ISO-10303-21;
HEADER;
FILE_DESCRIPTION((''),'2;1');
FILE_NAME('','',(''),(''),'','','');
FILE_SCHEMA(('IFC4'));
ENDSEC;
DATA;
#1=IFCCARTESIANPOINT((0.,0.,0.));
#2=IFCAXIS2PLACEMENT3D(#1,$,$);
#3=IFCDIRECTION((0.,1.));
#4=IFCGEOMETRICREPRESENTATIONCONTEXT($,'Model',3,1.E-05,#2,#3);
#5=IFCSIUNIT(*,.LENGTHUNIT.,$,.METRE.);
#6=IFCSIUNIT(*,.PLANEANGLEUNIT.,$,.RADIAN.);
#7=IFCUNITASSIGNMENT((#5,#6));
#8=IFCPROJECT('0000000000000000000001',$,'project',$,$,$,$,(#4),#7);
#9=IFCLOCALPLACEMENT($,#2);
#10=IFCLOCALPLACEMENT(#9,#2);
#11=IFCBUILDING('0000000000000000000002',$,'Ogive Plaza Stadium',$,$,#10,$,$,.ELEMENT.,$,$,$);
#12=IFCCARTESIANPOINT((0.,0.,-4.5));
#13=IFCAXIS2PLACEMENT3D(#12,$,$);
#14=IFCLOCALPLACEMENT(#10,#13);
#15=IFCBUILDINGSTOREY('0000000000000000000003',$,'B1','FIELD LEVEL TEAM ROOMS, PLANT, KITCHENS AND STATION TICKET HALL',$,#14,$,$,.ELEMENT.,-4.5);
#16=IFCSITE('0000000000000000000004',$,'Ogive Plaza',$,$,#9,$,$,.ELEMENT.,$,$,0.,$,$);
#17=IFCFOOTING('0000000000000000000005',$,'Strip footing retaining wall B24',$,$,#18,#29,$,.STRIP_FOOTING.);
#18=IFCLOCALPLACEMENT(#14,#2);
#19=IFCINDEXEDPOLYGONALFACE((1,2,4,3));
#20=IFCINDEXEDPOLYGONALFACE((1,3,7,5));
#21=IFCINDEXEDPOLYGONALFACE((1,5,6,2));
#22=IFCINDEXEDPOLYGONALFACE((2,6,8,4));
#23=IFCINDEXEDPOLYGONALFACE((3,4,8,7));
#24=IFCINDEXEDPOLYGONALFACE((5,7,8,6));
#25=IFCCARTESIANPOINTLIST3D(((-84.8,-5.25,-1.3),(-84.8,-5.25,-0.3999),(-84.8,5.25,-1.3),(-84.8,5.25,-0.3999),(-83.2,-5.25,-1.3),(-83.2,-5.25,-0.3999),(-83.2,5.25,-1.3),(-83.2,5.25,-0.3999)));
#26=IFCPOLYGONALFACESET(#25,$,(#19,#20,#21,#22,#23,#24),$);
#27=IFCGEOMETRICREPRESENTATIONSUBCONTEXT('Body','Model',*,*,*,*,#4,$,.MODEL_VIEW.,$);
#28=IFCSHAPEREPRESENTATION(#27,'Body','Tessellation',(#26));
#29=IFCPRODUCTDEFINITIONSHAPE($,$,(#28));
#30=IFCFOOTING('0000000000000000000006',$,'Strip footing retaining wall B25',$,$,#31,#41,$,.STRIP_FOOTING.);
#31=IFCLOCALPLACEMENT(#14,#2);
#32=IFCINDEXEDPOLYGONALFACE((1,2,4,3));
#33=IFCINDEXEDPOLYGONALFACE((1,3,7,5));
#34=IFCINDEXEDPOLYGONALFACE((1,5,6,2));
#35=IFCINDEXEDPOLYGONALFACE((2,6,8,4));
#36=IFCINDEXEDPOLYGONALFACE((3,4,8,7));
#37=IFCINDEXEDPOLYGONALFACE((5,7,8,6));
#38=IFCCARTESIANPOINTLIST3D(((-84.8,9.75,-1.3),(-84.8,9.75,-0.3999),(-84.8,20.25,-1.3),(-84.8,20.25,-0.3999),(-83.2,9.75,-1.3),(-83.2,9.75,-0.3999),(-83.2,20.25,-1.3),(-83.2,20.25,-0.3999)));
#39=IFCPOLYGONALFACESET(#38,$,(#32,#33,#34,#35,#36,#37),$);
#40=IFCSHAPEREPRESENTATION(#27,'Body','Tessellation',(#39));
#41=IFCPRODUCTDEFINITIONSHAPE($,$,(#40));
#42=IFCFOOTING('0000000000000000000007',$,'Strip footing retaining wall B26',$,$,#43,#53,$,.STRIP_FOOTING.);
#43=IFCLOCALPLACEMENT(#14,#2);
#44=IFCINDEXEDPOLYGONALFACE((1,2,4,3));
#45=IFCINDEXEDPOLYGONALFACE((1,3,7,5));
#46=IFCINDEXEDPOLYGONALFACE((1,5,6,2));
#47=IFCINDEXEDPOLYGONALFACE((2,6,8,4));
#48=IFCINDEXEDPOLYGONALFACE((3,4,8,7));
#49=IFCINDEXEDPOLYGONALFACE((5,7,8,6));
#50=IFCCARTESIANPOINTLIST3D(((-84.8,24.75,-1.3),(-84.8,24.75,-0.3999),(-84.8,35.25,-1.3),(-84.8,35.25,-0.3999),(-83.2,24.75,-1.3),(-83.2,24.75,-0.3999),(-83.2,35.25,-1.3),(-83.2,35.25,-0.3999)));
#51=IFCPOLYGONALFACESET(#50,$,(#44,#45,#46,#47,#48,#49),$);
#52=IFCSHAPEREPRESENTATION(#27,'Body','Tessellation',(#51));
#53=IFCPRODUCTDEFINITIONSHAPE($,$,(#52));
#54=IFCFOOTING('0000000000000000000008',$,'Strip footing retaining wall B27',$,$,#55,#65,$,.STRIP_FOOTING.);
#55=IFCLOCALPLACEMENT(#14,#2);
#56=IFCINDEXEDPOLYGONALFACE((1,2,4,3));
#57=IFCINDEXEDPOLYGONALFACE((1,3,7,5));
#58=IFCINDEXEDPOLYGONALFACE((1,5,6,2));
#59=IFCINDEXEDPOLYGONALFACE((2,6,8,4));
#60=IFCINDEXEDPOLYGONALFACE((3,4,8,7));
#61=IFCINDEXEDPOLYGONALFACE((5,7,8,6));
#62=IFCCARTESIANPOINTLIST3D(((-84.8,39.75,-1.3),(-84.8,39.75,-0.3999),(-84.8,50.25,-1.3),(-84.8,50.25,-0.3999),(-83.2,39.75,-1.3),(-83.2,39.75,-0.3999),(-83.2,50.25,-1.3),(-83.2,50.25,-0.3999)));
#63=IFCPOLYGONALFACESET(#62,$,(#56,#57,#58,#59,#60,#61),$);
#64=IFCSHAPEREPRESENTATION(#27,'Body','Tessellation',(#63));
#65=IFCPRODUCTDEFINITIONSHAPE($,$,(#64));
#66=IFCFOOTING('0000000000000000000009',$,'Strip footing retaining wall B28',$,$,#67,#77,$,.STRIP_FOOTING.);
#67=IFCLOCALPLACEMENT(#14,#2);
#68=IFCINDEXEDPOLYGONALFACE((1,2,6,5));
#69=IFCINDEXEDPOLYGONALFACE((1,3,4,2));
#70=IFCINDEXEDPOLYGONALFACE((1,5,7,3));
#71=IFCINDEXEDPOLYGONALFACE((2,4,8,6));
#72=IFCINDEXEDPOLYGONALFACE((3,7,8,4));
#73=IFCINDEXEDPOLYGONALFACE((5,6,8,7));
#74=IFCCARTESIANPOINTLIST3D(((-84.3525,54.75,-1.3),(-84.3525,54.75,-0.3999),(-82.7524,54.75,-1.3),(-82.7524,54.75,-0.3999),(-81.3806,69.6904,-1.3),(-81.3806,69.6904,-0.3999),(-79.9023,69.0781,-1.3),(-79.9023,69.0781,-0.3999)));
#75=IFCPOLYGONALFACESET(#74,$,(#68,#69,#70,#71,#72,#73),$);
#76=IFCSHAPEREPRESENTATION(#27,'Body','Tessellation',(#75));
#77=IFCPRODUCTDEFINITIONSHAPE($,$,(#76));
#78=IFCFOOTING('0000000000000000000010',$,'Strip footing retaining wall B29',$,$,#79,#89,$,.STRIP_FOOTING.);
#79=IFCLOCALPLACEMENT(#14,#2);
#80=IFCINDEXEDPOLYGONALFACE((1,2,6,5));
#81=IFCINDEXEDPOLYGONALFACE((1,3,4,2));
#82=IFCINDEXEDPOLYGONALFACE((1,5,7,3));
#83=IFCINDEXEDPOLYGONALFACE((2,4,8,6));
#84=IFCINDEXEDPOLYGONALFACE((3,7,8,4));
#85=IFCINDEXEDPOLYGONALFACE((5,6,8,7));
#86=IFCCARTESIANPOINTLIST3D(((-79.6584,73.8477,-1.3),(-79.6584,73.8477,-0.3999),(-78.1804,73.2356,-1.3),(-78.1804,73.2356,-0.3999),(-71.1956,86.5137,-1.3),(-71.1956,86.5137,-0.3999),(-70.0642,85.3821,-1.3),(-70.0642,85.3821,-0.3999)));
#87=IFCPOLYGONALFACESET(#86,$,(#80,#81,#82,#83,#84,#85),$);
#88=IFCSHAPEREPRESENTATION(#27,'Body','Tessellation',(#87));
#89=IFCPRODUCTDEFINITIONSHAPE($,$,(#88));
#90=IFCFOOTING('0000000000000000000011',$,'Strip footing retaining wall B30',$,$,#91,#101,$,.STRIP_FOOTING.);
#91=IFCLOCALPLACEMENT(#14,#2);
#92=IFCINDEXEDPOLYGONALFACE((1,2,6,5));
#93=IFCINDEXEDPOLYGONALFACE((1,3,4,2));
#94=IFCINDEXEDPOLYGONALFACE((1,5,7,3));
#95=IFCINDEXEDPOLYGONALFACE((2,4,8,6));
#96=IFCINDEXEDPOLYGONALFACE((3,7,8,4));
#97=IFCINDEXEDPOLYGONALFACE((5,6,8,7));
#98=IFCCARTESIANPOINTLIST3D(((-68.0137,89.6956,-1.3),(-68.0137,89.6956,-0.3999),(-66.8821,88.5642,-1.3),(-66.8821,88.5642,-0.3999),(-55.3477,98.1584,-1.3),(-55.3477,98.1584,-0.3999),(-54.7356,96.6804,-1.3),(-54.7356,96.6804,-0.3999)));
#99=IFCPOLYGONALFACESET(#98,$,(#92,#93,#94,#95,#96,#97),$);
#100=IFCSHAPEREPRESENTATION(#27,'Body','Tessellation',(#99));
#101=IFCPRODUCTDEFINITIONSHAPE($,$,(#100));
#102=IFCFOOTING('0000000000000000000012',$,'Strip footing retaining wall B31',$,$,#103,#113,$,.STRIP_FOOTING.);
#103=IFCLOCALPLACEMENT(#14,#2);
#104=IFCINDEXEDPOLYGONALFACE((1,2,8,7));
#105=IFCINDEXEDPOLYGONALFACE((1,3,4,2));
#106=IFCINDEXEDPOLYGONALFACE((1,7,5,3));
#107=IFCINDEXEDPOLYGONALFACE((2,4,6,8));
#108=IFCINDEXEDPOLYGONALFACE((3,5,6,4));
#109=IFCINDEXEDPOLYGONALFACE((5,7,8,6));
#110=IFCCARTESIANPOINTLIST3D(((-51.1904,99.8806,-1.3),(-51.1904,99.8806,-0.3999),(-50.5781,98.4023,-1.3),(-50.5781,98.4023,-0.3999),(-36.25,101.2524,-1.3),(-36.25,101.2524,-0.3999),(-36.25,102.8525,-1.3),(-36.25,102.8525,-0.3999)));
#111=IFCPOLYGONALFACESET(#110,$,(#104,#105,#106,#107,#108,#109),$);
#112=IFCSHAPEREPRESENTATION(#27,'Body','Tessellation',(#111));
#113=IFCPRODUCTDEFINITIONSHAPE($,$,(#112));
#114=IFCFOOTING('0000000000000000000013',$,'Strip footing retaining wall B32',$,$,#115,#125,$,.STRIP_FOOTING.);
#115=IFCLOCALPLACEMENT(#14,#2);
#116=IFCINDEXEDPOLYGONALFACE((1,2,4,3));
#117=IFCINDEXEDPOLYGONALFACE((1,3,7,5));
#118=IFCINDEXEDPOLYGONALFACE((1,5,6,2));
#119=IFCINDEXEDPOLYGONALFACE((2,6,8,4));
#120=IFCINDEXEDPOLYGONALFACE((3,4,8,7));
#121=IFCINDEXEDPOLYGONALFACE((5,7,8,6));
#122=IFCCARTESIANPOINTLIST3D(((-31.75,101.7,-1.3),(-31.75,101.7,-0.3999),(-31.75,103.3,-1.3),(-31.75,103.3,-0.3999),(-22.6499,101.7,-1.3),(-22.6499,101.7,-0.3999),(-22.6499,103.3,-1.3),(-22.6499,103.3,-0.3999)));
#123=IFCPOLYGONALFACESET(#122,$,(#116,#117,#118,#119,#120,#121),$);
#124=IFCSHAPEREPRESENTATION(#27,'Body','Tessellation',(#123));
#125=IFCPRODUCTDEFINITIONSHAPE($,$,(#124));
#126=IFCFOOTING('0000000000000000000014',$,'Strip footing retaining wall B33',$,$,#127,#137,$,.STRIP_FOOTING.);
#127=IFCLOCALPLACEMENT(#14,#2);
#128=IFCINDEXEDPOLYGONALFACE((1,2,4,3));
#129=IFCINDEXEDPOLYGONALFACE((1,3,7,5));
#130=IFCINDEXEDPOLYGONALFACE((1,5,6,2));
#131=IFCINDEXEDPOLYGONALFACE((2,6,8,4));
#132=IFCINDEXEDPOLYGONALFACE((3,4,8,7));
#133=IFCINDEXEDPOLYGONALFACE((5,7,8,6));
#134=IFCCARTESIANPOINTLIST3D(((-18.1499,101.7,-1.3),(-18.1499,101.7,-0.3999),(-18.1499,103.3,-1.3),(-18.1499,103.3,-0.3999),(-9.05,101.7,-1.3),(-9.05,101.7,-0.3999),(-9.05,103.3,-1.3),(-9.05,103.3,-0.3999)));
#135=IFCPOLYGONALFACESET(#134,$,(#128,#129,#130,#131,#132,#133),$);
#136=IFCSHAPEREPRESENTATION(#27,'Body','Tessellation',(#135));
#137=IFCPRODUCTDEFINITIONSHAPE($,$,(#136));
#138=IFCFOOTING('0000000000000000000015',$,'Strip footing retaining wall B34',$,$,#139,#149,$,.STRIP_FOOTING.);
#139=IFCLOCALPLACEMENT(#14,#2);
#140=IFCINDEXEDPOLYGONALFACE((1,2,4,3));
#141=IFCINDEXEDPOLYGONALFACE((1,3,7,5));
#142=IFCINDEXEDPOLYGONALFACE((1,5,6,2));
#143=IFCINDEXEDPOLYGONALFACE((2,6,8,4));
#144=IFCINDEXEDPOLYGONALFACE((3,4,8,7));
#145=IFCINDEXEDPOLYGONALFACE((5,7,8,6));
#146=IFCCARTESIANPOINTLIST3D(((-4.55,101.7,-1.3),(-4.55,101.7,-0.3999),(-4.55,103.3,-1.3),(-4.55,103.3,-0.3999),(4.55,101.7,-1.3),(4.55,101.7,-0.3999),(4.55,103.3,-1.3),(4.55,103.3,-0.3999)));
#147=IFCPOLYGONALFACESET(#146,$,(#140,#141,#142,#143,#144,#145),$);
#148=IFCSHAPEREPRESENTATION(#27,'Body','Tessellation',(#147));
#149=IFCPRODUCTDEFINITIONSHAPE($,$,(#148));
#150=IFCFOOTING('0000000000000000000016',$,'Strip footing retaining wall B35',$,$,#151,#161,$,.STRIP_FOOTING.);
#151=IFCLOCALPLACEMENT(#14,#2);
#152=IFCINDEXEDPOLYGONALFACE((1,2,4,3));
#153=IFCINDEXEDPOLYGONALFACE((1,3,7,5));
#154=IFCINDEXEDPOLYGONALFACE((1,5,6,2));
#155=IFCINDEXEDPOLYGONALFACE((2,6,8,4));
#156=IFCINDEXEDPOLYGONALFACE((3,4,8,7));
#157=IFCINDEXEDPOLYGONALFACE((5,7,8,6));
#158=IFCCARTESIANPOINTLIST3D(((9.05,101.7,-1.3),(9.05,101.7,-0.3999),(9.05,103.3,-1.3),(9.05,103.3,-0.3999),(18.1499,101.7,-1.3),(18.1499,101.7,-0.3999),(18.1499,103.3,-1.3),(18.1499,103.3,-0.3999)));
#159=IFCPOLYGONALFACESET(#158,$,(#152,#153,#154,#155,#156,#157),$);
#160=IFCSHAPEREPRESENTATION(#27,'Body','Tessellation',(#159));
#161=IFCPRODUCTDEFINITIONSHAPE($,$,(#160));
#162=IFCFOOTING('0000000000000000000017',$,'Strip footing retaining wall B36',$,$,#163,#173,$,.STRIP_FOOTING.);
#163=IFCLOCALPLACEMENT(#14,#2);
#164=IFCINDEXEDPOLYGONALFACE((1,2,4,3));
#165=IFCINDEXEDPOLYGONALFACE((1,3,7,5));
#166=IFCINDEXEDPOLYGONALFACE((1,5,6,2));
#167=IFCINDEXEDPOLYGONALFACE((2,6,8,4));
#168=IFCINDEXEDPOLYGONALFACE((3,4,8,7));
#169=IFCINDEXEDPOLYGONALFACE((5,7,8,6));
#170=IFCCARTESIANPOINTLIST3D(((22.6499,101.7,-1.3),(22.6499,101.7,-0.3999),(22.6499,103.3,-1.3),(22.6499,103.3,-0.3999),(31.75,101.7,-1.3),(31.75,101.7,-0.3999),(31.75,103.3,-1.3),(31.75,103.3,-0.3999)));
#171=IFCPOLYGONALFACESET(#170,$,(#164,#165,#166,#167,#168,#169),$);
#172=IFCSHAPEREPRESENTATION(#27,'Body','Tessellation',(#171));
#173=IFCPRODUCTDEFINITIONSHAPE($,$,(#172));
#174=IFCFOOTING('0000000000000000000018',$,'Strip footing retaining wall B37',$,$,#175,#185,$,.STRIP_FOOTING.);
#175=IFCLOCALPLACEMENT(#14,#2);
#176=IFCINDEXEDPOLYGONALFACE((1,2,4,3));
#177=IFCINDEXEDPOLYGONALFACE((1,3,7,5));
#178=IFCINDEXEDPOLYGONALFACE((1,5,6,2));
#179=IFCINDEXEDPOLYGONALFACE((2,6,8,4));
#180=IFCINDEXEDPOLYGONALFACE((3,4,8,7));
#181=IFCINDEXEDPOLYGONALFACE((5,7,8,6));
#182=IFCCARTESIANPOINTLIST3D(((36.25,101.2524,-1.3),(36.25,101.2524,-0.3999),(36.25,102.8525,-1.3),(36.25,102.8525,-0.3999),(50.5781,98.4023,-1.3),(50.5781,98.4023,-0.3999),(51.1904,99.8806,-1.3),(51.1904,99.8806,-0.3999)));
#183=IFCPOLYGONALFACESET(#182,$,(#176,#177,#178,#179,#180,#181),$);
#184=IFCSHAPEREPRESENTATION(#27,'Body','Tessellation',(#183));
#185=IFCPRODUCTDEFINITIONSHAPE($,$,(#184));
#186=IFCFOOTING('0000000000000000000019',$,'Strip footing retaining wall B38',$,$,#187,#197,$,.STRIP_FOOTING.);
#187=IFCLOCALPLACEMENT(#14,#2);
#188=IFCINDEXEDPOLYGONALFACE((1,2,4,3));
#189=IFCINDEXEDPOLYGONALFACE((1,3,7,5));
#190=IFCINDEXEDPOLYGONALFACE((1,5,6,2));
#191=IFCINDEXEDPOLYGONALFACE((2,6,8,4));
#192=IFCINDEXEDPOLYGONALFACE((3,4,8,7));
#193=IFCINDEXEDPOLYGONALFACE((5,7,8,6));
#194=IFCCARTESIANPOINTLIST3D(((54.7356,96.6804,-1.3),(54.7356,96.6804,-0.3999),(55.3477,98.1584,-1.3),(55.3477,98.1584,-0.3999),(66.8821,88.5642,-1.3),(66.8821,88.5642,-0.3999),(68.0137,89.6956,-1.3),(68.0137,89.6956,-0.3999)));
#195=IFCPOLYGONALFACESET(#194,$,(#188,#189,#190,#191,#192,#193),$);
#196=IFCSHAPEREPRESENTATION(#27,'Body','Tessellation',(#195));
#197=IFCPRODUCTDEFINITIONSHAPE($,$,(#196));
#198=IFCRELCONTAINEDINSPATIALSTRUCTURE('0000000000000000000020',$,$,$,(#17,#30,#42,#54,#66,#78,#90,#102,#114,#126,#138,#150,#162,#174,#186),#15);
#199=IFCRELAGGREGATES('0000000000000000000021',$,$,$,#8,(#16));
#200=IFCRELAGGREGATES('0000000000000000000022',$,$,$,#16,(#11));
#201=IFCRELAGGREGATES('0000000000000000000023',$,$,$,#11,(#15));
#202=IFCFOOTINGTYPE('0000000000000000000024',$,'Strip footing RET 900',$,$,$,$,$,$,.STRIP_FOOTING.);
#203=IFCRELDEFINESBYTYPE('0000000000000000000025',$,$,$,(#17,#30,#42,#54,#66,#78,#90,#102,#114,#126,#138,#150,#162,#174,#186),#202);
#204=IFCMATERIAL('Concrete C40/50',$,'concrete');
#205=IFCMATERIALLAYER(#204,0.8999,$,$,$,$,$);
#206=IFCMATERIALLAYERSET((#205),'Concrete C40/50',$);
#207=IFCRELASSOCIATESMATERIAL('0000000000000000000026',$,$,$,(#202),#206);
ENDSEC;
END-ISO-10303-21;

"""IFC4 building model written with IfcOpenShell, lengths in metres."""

from ifc_helpers import new_model, si_unit, direction, frame, origin, place, context, subcontext, project, spatial, polyline, outline, extrude, material, layer, layer_set, type_object, element, save


model = new_model("IFC4")

# Units and contexts
model_context = context("Model", 3, precision=1e-05, world=origin(), true_north=direction((0.0, 1.0)))
body_context = subcontext(model_context, "Body", "Model", "MODEL_VIEW")
ifc_project = project(units=[si_unit("LENGTHUNIT", "METRE"), si_unit("PLANEANGLEUNIT", "RADIAN")], contexts=[model_context])

# Site, building, storey
site_placement = place(None, origin())
site = spatial("IfcSite", under=ifc_project, at=site_placement, Name="Ogive Plaza", CompositionType="ELEMENT", RefElevation=0.0)
building_placement = place(site_placement, origin())
building = spatial("IfcBuilding", under=site, at=building_placement, Name="Ogive Plaza Stadium", CompositionType="ELEMENT")
storey_placement = place(building_placement, frame((0.0, 0.0, -4.5)))
storey = spatial("IfcBuildingStorey", under=building, at=storey_placement, Name="B1", Description="FIELD LEVEL TEAM ROOMS, PLANT, KITCHENS AND STATION TICKET HALL", CompositionType="ELEMENT", Elevation=-4.5)

# Footings
ifc_material_1 = material(Name="Concrete C40/50", Category="concrete")
ifc_layer_1 = layer(ifc_material_1, 0.8999)
ifc_layer_set_1 = layer_set([ifc_layer_1], Name="Concrete C40/50")
footing_type = type_object("IfcFootingType", Name="Strip footing RET 900", PredefinedType="STRIP_FOOTING", material=ifc_layer_set_1)
footing_1_placement = place(storey_placement, frame((0.0, 0.0, -1.3)))
element("IfcFooting", 1, at=footing_1_placement, inside=storey, type_object=footing_type, Name="Strip footing retaining wall B24", PredefinedType="STRIP_FOOTING", context=body_context, shape_type="SweptSolid", body=[
    extrude(outline(polyline([(-83.2, 5.25), (-84.8, 5.25), (-84.8, -5.25), (-83.2, -5.25), (-83.2, 5.25)])), origin(), (0.0, 0.0, 1.0), 0.9001),
])
footing_2_placement = place(storey_placement, frame((0.0, 0.0, -1.3)))
element("IfcFooting", 2, at=footing_2_placement, inside=storey, type_object=footing_type, Name="Strip footing retaining wall B25", PredefinedType="STRIP_FOOTING", context=body_context, shape_type="SweptSolid", body=[
    extrude(outline(polyline([(-83.2, 20.25), (-84.8, 20.25), (-84.8, 9.75), (-83.2, 9.75), (-83.2, 20.25)])), origin(), (0.0, 0.0, 1.0), 0.9001),
])
footing_3_placement = place(storey_placement, frame((0.0, 0.0, -1.3)))
element("IfcFooting", 3, at=footing_3_placement, inside=storey, type_object=footing_type, Name="Strip footing retaining wall B26", PredefinedType="STRIP_FOOTING", context=body_context, shape_type="SweptSolid", body=[
    extrude(outline(polyline([(-83.2, 35.25), (-84.8, 35.25), (-84.8, 24.75), (-83.2, 24.75), (-83.2, 35.25)])), origin(), (0.0, 0.0, 1.0), 0.9001),
])
footing_4_placement = place(storey_placement, frame((0.0, 0.0, -1.3)))
element("IfcFooting", 4, at=footing_4_placement, inside=storey, type_object=footing_type, Name="Strip footing retaining wall B27", PredefinedType="STRIP_FOOTING", context=body_context, shape_type="SweptSolid", body=[
    extrude(outline(polyline([(-83.2, 50.25), (-84.8, 50.25), (-84.8, 39.75), (-83.2, 39.75), (-83.2, 50.25)])), origin(), (0.0, 0.0, 1.0), 0.9001),
])
footing_5_placement = place(storey_placement, frame((0.0, 0.0, -1.3)))
element("IfcFooting", 5, at=footing_5_placement, inside=storey, type_object=footing_type, Name="Strip footing retaining wall B28", PredefinedType="STRIP_FOOTING", context=body_context, shape_type="SweptSolid", body=[
    extrude(outline(polyline([(-79.9023, 69.0781), (-81.3806, 69.6904), (-84.3525, 54.75), (-82.7524, 54.75), (-79.9023, 69.0781)])), origin(), (0.0, 0.0, 1.0), 0.9001),
])
footing_6_placement = place(storey_placement, frame((0.0, 0.0, -1.3)))
element("IfcFooting", 6, at=footing_6_placement, inside=storey, type_object=footing_type, Name="Strip footing retaining wall B29", PredefinedType="STRIP_FOOTING", context=body_context, shape_type="SweptSolid", body=[
    extrude(outline(polyline([(-70.0642, 85.3821), (-71.1956, 86.5137), (-79.6584, 73.8477), (-78.1804, 73.2356), (-70.0642, 85.3821)])), origin(), (0.0, 0.0, 1.0), 0.9001),
])
footing_7_placement = place(storey_placement, frame((0.0, 0.0, -1.3)))
element("IfcFooting", 7, at=footing_7_placement, inside=storey, type_object=footing_type, Name="Strip footing retaining wall B30", PredefinedType="STRIP_FOOTING", context=body_context, shape_type="SweptSolid", body=[
    extrude(outline(polyline([(-54.7356, 96.6804), (-55.3477, 98.1584), (-68.0137, 89.6956), (-66.8821, 88.5642), (-54.7356, 96.6804)])), origin(), (0.0, 0.0, 1.0), 0.9001),
])
footing_8_placement = place(storey_placement, frame((0.0, 0.0, -1.3)))
element("IfcFooting", 8, at=footing_8_placement, inside=storey, type_object=footing_type, Name="Strip footing retaining wall B31", PredefinedType="STRIP_FOOTING", context=body_context, shape_type="SweptSolid", body=[
    extrude(outline(polyline([(-36.25, 101.2524), (-36.25, 102.8525), (-51.1904, 99.8806), (-50.5781, 98.4023), (-36.25, 101.2524)])), origin(), (0.0, 0.0, 1.0), 0.9001),
])
footing_9_placement = place(storey_placement, frame((0.0, 0.0, -1.3)))
element("IfcFooting", 9, at=footing_9_placement, inside=storey, type_object=footing_type, Name="Strip footing retaining wall B32", PredefinedType="STRIP_FOOTING", context=body_context, shape_type="SweptSolid", body=[
    extrude(outline(polyline([(-22.6499, 101.7), (-22.6499, 103.3), (-31.75, 103.3), (-31.75, 101.7), (-22.6499, 101.7)])), origin(), (0.0, 0.0, 1.0), 0.9001),
])
footing_10_placement = place(storey_placement, frame((0.0, 0.0, -1.3)))
element("IfcFooting", 10, at=footing_10_placement, inside=storey, type_object=footing_type, Name="Strip footing retaining wall B33", PredefinedType="STRIP_FOOTING", context=body_context, shape_type="SweptSolid", body=[
    extrude(outline(polyline([(-9.05, 101.7), (-9.05, 103.3), (-18.1499, 103.3), (-18.1499, 101.7), (-9.05, 101.7)])), origin(), (0.0, 0.0, 1.0), 0.9001),
])
footing_11_placement = place(storey_placement, frame((0.0, 0.0, -1.3)))
element("IfcFooting", 11, at=footing_11_placement, inside=storey, type_object=footing_type, Name="Strip footing retaining wall B34", PredefinedType="STRIP_FOOTING", context=body_context, shape_type="SweptSolid", body=[
    extrude(outline(polyline([(4.55, 101.7), (4.55, 103.3), (-4.55, 103.3), (-4.55, 101.7), (4.55, 101.7)])), origin(), (0.0, 0.0, 1.0), 0.9001),
])
footing_12_placement = place(storey_placement, frame((0.0, 0.0, -1.3)))
element("IfcFooting", 12, at=footing_12_placement, inside=storey, type_object=footing_type, Name="Strip footing retaining wall B35", PredefinedType="STRIP_FOOTING", context=body_context, shape_type="SweptSolid", body=[
    extrude(outline(polyline([(18.1499, 101.7), (18.1499, 103.3), (9.05, 103.3), (9.05, 101.7), (18.1499, 101.7)])), origin(), (0.0, 0.0, 1.0), 0.9001),
])
footing_13_placement = place(storey_placement, frame((0.0, 0.0, -1.3)))
element("IfcFooting", 13, at=footing_13_placement, inside=storey, type_object=footing_type, Name="Strip footing retaining wall B36", PredefinedType="STRIP_FOOTING", context=body_context, shape_type="SweptSolid", body=[
    extrude(outline(polyline([(31.75, 101.7), (31.75, 103.3), (22.6499, 103.3), (22.6499, 101.7), (31.75, 101.7)])), origin(), (0.0, 0.0, 1.0), 0.9001),
])
footing_14_placement = place(storey_placement, frame((0.0, 0.0, -1.3)))
element("IfcFooting", 14, at=footing_14_placement, inside=storey, type_object=footing_type, Name="Strip footing retaining wall B37", PredefinedType="STRIP_FOOTING", context=body_context, shape_type="SweptSolid", body=[
    extrude(outline(polyline([(50.5781, 98.4023), (51.1904, 99.8806), (36.25, 102.8525), (36.25, 101.2524), (50.5781, 98.4023)])), origin(), (0.0, 0.0, 1.0), 0.9001),
])
footing_15_placement = place(storey_placement, frame((0.0, 0.0, -1.3)))
element("IfcFooting", 15, at=footing_15_placement, inside=storey, type_object=footing_type, Name="Strip footing retaining wall B38", PredefinedType="STRIP_FOOTING", context=body_context, shape_type="SweptSolid", body=[
    extrude(outline(polyline([(66.8821, 88.5642), (68.0137, 89.6956), (55.3477, 98.1584), (54.7356, 96.6804), (66.8821, 88.5642)])), origin(), (0.0, 0.0, 1.0), 0.9001),
])

save(model, "model.ifc")
